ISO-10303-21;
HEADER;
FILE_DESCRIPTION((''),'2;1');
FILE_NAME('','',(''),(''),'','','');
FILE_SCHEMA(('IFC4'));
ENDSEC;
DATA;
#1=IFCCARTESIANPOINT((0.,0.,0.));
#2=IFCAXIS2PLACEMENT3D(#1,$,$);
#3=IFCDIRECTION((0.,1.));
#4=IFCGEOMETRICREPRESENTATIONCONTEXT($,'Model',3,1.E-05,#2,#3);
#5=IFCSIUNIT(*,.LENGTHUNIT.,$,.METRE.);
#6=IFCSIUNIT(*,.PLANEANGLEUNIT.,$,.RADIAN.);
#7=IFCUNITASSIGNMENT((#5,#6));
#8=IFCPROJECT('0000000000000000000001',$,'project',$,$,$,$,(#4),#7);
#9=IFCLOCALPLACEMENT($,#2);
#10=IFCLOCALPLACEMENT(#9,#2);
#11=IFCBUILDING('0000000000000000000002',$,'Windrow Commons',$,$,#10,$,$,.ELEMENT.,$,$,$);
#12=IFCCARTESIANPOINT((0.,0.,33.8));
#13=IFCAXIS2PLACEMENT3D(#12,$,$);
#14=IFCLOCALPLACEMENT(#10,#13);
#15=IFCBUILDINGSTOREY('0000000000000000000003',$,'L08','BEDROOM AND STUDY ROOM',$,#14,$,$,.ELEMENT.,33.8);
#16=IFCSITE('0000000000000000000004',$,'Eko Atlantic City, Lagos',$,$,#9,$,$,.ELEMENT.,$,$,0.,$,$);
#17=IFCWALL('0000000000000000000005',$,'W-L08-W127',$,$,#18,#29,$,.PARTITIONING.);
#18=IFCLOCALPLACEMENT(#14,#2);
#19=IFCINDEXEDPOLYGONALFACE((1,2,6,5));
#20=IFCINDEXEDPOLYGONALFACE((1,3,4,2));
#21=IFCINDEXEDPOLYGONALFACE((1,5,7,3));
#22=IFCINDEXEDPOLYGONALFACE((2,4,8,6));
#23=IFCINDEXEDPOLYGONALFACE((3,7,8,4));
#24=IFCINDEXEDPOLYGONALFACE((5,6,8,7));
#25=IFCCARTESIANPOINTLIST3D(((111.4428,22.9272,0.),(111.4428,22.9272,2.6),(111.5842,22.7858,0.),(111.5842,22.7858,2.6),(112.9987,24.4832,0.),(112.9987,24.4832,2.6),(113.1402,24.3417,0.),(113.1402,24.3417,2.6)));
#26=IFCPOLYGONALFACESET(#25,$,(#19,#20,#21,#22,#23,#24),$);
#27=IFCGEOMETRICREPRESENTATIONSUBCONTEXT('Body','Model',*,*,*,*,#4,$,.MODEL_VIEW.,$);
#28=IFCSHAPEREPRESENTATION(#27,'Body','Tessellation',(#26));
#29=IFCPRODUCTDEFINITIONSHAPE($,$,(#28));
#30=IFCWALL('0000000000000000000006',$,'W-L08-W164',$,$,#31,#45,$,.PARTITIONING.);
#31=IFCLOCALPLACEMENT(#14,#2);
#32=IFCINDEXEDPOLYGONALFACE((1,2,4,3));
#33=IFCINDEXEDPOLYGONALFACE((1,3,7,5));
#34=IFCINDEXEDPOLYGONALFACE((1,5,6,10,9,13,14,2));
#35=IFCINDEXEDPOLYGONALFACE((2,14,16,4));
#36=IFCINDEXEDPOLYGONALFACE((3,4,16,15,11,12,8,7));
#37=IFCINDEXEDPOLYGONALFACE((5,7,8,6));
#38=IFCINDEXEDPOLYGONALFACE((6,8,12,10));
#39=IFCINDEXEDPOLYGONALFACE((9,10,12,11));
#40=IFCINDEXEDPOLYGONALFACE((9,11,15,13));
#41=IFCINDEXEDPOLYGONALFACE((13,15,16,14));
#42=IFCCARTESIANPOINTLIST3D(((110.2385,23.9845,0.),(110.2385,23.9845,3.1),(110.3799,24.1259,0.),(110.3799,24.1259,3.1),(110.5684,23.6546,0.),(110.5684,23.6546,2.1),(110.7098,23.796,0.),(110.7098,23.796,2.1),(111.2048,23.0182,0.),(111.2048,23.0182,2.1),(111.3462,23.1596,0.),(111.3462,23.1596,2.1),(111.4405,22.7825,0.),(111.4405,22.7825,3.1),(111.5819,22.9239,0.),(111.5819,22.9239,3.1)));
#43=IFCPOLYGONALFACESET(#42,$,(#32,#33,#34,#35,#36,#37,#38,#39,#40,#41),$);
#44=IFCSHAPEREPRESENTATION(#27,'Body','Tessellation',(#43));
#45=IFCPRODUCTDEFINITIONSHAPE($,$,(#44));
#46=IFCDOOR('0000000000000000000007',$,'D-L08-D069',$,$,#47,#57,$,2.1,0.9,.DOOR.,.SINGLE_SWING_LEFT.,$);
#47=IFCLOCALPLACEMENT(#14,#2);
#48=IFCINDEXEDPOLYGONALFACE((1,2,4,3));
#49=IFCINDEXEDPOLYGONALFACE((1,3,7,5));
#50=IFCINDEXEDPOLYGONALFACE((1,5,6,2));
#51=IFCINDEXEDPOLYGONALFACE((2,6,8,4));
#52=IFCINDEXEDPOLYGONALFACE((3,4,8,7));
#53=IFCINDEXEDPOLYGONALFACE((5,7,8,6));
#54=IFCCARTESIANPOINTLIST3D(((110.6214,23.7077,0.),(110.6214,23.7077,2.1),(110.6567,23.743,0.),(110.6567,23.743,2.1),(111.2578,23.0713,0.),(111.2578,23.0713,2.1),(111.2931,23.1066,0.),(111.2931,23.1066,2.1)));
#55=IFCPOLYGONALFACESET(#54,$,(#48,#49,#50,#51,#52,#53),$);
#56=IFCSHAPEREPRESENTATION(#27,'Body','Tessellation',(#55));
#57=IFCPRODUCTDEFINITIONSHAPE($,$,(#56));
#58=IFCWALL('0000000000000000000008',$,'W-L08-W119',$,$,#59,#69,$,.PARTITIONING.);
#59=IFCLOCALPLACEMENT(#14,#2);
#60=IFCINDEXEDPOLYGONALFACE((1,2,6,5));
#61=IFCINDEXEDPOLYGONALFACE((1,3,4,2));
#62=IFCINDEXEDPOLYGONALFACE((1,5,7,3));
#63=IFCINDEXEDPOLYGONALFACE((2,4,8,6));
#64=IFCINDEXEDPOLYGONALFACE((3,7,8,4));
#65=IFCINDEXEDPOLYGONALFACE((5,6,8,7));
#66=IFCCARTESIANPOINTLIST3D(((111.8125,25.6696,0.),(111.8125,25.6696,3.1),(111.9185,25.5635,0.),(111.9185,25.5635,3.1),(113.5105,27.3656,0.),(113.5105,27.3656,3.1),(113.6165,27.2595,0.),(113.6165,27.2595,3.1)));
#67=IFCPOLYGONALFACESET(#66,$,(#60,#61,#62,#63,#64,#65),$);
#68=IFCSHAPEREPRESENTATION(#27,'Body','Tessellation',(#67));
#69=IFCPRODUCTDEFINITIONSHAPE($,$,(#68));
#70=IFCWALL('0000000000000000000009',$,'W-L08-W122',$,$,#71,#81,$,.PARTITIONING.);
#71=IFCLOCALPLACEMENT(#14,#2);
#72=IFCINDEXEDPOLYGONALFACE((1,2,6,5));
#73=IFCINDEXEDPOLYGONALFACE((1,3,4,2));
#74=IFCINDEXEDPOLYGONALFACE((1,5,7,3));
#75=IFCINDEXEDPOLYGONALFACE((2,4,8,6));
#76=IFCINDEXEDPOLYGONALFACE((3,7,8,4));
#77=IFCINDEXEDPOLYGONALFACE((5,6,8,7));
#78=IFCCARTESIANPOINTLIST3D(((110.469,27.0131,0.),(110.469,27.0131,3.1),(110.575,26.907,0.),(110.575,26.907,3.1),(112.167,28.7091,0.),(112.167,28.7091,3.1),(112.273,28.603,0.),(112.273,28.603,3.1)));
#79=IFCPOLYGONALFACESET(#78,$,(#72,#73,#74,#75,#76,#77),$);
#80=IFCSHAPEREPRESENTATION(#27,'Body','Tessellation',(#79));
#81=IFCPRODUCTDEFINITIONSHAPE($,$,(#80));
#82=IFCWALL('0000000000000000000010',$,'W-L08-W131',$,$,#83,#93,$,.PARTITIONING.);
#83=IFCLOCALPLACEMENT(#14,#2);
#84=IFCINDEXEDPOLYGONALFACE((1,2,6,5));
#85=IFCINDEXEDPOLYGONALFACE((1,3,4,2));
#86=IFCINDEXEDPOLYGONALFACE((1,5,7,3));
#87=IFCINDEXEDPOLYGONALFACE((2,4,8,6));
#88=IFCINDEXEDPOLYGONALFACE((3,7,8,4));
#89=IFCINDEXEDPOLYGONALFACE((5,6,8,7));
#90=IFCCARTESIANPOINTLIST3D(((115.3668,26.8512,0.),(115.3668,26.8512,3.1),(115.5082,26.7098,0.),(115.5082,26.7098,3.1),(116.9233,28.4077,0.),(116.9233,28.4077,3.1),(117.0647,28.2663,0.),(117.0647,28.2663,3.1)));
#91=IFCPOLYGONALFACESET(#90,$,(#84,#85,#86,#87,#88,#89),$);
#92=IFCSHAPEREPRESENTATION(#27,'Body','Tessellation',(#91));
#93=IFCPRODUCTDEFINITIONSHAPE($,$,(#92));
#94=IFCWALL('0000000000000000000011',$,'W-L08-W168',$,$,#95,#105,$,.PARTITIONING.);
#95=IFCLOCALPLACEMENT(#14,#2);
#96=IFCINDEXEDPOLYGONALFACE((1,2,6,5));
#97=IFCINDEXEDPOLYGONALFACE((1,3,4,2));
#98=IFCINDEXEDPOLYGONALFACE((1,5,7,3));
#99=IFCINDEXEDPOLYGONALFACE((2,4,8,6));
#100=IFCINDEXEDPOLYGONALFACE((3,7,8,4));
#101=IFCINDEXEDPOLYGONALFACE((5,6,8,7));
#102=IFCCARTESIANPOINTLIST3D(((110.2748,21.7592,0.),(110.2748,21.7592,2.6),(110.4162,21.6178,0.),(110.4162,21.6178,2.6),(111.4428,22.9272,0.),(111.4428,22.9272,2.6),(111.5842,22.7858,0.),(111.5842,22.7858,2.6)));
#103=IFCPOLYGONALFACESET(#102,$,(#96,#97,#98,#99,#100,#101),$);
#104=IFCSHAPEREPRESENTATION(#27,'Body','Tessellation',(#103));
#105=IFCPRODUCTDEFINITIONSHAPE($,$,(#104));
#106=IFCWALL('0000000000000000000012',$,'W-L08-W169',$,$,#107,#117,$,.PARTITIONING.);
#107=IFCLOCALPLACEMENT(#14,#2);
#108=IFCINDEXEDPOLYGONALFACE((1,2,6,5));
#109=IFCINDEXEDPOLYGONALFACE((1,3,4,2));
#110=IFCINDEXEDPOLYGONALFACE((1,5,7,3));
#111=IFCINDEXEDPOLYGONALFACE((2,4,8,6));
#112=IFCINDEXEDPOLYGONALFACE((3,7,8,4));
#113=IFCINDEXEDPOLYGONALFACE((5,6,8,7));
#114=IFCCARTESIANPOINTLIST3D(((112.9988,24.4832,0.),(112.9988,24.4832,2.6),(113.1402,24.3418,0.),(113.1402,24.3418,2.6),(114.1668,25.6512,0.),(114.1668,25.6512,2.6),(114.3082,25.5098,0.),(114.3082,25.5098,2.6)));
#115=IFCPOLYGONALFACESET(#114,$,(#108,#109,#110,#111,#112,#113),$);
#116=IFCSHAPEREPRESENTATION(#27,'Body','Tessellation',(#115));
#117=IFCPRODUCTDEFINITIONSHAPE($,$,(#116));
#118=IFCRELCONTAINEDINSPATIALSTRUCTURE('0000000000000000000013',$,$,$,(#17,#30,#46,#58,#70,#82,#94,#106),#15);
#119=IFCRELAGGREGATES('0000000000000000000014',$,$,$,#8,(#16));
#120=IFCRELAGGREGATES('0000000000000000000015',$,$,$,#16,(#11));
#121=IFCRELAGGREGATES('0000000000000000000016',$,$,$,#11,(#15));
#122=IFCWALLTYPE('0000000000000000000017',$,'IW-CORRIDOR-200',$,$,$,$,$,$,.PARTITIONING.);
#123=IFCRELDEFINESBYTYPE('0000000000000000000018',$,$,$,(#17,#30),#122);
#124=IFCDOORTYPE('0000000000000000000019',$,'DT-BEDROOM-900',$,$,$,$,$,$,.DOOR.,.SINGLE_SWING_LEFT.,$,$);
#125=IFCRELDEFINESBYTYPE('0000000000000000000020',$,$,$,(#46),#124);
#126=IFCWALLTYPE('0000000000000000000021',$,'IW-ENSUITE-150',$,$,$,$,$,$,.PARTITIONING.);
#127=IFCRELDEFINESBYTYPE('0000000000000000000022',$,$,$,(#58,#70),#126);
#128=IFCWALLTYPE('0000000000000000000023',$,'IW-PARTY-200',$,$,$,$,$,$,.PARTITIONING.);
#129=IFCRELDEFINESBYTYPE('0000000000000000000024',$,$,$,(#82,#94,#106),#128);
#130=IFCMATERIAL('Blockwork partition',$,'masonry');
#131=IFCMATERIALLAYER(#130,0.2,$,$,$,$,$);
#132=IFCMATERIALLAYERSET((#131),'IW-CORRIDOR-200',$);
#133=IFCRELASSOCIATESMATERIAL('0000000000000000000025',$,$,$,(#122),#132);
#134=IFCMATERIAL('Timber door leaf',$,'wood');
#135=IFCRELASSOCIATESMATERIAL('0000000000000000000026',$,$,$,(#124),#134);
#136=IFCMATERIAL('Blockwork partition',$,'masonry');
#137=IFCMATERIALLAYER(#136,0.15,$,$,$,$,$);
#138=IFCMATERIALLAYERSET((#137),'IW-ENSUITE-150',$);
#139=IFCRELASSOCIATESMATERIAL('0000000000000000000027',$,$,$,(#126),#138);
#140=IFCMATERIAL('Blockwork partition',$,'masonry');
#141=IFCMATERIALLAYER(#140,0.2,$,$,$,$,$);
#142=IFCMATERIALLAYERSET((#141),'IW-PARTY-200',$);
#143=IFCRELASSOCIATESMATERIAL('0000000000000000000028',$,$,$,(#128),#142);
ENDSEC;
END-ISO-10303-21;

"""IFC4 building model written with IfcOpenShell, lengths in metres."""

from ifc_helpers import new_model, si_unit, direction, frame, frame_2d, origin, place, context, subcontext, project, spatial, rectangle, extrude, material, layer, layer_set, type_object, element, fill, save


model = new_model("IFC4")

# Units and contexts
model_context = context("Model", 3, precision=1e-05, world=origin(), true_north=direction((0.0, 1.0)))
body_context = subcontext(model_context, "Body", "Model", "MODEL_VIEW")
ifc_project = project(units=[si_unit("LENGTHUNIT", "METRE"), si_unit("PLANEANGLEUNIT", "RADIAN")], contexts=[model_context])

# Site, building, storey
site_placement = place(None, origin())
site = spatial("IfcSite", under=ifc_project, at=site_placement, Name="Eko Atlantic City, Lagos", CompositionType="ELEMENT", RefElevation=0.0)
building_placement = place(site_placement, origin())
building = spatial("IfcBuilding", under=site, at=building_placement, Name="Windrow Commons", CompositionType="ELEMENT")
storey_placement = place(building_placement, frame((0.0, 0.0, 33.8)))
storey = spatial("IfcBuildingStorey", under=building, at=storey_placement, Name="L08", Description="BEDROOM AND STUDY ROOM", CompositionType="ELEMENT", Elevation=33.8)

# Wall
ifc_material_1 = material(Name="Blockwork partition", Category="masonry")
ifc_layer_1 = layer(ifc_material_1, 0.2)
ifc_layer_set_1 = layer_set([ifc_layer_1], Name="IW-CORRIDOR-200")
wall_type_1 = type_object("IfcWallType", Name="IW-CORRIDOR-200", PredefinedType="PARTITIONING", material=ifc_layer_set_1)
wall_1_placement = place(storey_placement, frame((111.5135, 22.8565, 0.0), z_axis=(0.0, 0.0, 1.0), x_axis=(0.707107, 0.707107, 0.0)))
element("IfcWall", 1, at=wall_1_placement, inside=storey, type_object=wall_type_1, Name="W-L08-W127", PredefinedType="PARTITIONING", context=body_context, shape_type="SweptSolid", body=[
    extrude(rectangle(XDim=2.2005, YDim=0.2, at=frame_2d((1.1002, 0.0))), origin(), (0.0, 0.0, 1.0), 2.6),
])

# Wall, opening, door
wall_2_placement = place(storey_placement, frame((110.3092, 24.0552, 0.0), z_axis=(0.0, 0.0, 1.0), x_axis=(0.707107, -0.707107, 0.0)))
wall_2 = element("IfcWall", 2, at=wall_2_placement, inside=storey, type_object=wall_type_1, Name="W-L08-W164", PredefinedType="PARTITIONING", context=body_context, shape_type="SweptSolid", body=[
    extrude(rectangle(XDim=1.6999, YDim=0.2, at=frame_2d((0.8499, 0.0))), origin(), (0.0, 0.0, 1.0), 3.1),
])
opening_1_placement = place(wall_2_placement, frame((0.4665, 0.0, 0.0)))
opening_1 = element("IfcOpeningElement", 3, at=opening_1_placement, cuts=wall_2, PredefinedType="OPENING", context=body_context, shape_type="SweptSolid", body=[
    extrude(rectangle(XDim=0.9, YDim=2.1, at=frame_2d((0.45, 1.05))), frame((0.0, 0.11, 0.0), z_axis=(0.0, -1.0, 0.0), x_axis=(1.0, 0.0, 0.0)), (0.0, 0.0, 1.0), 0.22),
])
ifc_material_2 = material(Name="Timber door leaf", Category="wood")
door_type = type_object("IfcDoorType", Name="DT-BEDROOM-900", OperationType="SINGLE_SWING_LEFT", PredefinedType="DOOR", material=ifc_material_2)
door_placement = place(opening_1_placement, origin())
door = element("IfcDoor", 4, at=door_placement, inside=storey, type_object=door_type, Name="D-L08-D069", OperationType="SINGLE_SWING_LEFT", OverallHeight=2.1, OverallWidth=0.9, PredefinedType="DOOR", context=body_context, shape_type="SweptSolid", body=[
    extrude(rectangle(XDim=0.9, YDim=2.1, at=frame_2d((0.45, 1.05))), frame((0.0, 0.025, 0.0), z_axis=(0.0, -1.0, 0.0), x_axis=(1.0, 0.0, 0.0)), (0.0, 0.0, 1.0), 0.05),
])
fill(opening_1, door)

# Walls
ifc_material_3 = material(Name="Blockwork partition", Category="masonry")
ifc_layer_2 = layer(ifc_material_3, 0.15)
ifc_layer_set_2 = layer_set([ifc_layer_2], Name="IW-ENSUITE-150")
wall_type_2 = type_object("IfcWallType", Name="IW-ENSUITE-150", PredefinedType="PARTITIONING", material=ifc_layer_set_2)
for number, where, z_axis, x_axis, name in (
    (5, (111.8655, 25.6165, 0.0), (0.0, 0.0, 1.0), (0.707523, 0.70669, 0.0), "W-L08-W119"),
    (6, (110.522, 26.96, 0.0), (0.0, 0.0, 1.0), (0.707523, 0.70669, 0.0), "W-L08-W122"),
):
    element("IfcWall", number, at=place(storey_placement, frame(where, z_axis=z_axis, x_axis=x_axis)), inside=storey, type_object=wall_type_2, Name=name, PredefinedType="PARTITIONING", context=body_context, shape_type="SweptSolid", body=[
        extrude(rectangle(XDim=2.3999, YDim=0.15, at=frame_2d((1.2, 0.0))), origin(), (0.0, 0.0, 1.0), 3.1),
    ])
ifc_material_4 = material(Name="Blockwork partition", Category="masonry")
ifc_layer_3 = layer(ifc_material_4, 0.2)
ifc_layer_set_3 = layer_set([ifc_layer_3], Name="IW-PARTY-200")
wall_type_3 = type_object("IfcWallType", Name="IW-PARTY-200", PredefinedType="PARTITIONING", material=ifc_layer_set_3)
wall_3_placement = place(storey_placement, frame((115.4375, 26.7805, 0.0), z_axis=(0.0, 0.0, 1.0), x_axis=(0.707107, 0.707107, 0.0)))
element("IfcWall", 7, at=wall_3_placement, inside=storey, type_object=wall_type_3, Name="W-L08-W131", PredefinedType="PARTITIONING", context=body_context, shape_type="SweptSolid", body=[
    extrude(rectangle(XDim=2.2012, YDim=0.2, at=frame_2d((1.1006, 0.0))), origin(), (0.0, 0.0, 1.0), 3.1),
])
for number, where, z_axis, x_axis, name in (
    (8, (110.3455, 21.6885, 0.0), (0.0, 0.0, 1.0), (0.707107, 0.707107, 0.0), "W-L08-W168"),
    (9, (113.0695, 24.4125, 0.0), (0.0, 0.0, 1.0), (0.707107, 0.707107, 0.0), "W-L08-W169"),
):
    element("IfcWall", number, at=place(storey_placement, frame(where, z_axis=z_axis, x_axis=x_axis)), inside=storey, type_object=wall_type_3, Name=name, PredefinedType="PARTITIONING", context=body_context, shape_type="SweptSolid", body=[
        extrude(rectangle(XDim=1.6518, YDim=0.2, at=frame_2d((0.8259, 0.0))), origin(), (0.0, 0.0, 1.0), 2.6),
    ])

save(model, "model.ifc")
